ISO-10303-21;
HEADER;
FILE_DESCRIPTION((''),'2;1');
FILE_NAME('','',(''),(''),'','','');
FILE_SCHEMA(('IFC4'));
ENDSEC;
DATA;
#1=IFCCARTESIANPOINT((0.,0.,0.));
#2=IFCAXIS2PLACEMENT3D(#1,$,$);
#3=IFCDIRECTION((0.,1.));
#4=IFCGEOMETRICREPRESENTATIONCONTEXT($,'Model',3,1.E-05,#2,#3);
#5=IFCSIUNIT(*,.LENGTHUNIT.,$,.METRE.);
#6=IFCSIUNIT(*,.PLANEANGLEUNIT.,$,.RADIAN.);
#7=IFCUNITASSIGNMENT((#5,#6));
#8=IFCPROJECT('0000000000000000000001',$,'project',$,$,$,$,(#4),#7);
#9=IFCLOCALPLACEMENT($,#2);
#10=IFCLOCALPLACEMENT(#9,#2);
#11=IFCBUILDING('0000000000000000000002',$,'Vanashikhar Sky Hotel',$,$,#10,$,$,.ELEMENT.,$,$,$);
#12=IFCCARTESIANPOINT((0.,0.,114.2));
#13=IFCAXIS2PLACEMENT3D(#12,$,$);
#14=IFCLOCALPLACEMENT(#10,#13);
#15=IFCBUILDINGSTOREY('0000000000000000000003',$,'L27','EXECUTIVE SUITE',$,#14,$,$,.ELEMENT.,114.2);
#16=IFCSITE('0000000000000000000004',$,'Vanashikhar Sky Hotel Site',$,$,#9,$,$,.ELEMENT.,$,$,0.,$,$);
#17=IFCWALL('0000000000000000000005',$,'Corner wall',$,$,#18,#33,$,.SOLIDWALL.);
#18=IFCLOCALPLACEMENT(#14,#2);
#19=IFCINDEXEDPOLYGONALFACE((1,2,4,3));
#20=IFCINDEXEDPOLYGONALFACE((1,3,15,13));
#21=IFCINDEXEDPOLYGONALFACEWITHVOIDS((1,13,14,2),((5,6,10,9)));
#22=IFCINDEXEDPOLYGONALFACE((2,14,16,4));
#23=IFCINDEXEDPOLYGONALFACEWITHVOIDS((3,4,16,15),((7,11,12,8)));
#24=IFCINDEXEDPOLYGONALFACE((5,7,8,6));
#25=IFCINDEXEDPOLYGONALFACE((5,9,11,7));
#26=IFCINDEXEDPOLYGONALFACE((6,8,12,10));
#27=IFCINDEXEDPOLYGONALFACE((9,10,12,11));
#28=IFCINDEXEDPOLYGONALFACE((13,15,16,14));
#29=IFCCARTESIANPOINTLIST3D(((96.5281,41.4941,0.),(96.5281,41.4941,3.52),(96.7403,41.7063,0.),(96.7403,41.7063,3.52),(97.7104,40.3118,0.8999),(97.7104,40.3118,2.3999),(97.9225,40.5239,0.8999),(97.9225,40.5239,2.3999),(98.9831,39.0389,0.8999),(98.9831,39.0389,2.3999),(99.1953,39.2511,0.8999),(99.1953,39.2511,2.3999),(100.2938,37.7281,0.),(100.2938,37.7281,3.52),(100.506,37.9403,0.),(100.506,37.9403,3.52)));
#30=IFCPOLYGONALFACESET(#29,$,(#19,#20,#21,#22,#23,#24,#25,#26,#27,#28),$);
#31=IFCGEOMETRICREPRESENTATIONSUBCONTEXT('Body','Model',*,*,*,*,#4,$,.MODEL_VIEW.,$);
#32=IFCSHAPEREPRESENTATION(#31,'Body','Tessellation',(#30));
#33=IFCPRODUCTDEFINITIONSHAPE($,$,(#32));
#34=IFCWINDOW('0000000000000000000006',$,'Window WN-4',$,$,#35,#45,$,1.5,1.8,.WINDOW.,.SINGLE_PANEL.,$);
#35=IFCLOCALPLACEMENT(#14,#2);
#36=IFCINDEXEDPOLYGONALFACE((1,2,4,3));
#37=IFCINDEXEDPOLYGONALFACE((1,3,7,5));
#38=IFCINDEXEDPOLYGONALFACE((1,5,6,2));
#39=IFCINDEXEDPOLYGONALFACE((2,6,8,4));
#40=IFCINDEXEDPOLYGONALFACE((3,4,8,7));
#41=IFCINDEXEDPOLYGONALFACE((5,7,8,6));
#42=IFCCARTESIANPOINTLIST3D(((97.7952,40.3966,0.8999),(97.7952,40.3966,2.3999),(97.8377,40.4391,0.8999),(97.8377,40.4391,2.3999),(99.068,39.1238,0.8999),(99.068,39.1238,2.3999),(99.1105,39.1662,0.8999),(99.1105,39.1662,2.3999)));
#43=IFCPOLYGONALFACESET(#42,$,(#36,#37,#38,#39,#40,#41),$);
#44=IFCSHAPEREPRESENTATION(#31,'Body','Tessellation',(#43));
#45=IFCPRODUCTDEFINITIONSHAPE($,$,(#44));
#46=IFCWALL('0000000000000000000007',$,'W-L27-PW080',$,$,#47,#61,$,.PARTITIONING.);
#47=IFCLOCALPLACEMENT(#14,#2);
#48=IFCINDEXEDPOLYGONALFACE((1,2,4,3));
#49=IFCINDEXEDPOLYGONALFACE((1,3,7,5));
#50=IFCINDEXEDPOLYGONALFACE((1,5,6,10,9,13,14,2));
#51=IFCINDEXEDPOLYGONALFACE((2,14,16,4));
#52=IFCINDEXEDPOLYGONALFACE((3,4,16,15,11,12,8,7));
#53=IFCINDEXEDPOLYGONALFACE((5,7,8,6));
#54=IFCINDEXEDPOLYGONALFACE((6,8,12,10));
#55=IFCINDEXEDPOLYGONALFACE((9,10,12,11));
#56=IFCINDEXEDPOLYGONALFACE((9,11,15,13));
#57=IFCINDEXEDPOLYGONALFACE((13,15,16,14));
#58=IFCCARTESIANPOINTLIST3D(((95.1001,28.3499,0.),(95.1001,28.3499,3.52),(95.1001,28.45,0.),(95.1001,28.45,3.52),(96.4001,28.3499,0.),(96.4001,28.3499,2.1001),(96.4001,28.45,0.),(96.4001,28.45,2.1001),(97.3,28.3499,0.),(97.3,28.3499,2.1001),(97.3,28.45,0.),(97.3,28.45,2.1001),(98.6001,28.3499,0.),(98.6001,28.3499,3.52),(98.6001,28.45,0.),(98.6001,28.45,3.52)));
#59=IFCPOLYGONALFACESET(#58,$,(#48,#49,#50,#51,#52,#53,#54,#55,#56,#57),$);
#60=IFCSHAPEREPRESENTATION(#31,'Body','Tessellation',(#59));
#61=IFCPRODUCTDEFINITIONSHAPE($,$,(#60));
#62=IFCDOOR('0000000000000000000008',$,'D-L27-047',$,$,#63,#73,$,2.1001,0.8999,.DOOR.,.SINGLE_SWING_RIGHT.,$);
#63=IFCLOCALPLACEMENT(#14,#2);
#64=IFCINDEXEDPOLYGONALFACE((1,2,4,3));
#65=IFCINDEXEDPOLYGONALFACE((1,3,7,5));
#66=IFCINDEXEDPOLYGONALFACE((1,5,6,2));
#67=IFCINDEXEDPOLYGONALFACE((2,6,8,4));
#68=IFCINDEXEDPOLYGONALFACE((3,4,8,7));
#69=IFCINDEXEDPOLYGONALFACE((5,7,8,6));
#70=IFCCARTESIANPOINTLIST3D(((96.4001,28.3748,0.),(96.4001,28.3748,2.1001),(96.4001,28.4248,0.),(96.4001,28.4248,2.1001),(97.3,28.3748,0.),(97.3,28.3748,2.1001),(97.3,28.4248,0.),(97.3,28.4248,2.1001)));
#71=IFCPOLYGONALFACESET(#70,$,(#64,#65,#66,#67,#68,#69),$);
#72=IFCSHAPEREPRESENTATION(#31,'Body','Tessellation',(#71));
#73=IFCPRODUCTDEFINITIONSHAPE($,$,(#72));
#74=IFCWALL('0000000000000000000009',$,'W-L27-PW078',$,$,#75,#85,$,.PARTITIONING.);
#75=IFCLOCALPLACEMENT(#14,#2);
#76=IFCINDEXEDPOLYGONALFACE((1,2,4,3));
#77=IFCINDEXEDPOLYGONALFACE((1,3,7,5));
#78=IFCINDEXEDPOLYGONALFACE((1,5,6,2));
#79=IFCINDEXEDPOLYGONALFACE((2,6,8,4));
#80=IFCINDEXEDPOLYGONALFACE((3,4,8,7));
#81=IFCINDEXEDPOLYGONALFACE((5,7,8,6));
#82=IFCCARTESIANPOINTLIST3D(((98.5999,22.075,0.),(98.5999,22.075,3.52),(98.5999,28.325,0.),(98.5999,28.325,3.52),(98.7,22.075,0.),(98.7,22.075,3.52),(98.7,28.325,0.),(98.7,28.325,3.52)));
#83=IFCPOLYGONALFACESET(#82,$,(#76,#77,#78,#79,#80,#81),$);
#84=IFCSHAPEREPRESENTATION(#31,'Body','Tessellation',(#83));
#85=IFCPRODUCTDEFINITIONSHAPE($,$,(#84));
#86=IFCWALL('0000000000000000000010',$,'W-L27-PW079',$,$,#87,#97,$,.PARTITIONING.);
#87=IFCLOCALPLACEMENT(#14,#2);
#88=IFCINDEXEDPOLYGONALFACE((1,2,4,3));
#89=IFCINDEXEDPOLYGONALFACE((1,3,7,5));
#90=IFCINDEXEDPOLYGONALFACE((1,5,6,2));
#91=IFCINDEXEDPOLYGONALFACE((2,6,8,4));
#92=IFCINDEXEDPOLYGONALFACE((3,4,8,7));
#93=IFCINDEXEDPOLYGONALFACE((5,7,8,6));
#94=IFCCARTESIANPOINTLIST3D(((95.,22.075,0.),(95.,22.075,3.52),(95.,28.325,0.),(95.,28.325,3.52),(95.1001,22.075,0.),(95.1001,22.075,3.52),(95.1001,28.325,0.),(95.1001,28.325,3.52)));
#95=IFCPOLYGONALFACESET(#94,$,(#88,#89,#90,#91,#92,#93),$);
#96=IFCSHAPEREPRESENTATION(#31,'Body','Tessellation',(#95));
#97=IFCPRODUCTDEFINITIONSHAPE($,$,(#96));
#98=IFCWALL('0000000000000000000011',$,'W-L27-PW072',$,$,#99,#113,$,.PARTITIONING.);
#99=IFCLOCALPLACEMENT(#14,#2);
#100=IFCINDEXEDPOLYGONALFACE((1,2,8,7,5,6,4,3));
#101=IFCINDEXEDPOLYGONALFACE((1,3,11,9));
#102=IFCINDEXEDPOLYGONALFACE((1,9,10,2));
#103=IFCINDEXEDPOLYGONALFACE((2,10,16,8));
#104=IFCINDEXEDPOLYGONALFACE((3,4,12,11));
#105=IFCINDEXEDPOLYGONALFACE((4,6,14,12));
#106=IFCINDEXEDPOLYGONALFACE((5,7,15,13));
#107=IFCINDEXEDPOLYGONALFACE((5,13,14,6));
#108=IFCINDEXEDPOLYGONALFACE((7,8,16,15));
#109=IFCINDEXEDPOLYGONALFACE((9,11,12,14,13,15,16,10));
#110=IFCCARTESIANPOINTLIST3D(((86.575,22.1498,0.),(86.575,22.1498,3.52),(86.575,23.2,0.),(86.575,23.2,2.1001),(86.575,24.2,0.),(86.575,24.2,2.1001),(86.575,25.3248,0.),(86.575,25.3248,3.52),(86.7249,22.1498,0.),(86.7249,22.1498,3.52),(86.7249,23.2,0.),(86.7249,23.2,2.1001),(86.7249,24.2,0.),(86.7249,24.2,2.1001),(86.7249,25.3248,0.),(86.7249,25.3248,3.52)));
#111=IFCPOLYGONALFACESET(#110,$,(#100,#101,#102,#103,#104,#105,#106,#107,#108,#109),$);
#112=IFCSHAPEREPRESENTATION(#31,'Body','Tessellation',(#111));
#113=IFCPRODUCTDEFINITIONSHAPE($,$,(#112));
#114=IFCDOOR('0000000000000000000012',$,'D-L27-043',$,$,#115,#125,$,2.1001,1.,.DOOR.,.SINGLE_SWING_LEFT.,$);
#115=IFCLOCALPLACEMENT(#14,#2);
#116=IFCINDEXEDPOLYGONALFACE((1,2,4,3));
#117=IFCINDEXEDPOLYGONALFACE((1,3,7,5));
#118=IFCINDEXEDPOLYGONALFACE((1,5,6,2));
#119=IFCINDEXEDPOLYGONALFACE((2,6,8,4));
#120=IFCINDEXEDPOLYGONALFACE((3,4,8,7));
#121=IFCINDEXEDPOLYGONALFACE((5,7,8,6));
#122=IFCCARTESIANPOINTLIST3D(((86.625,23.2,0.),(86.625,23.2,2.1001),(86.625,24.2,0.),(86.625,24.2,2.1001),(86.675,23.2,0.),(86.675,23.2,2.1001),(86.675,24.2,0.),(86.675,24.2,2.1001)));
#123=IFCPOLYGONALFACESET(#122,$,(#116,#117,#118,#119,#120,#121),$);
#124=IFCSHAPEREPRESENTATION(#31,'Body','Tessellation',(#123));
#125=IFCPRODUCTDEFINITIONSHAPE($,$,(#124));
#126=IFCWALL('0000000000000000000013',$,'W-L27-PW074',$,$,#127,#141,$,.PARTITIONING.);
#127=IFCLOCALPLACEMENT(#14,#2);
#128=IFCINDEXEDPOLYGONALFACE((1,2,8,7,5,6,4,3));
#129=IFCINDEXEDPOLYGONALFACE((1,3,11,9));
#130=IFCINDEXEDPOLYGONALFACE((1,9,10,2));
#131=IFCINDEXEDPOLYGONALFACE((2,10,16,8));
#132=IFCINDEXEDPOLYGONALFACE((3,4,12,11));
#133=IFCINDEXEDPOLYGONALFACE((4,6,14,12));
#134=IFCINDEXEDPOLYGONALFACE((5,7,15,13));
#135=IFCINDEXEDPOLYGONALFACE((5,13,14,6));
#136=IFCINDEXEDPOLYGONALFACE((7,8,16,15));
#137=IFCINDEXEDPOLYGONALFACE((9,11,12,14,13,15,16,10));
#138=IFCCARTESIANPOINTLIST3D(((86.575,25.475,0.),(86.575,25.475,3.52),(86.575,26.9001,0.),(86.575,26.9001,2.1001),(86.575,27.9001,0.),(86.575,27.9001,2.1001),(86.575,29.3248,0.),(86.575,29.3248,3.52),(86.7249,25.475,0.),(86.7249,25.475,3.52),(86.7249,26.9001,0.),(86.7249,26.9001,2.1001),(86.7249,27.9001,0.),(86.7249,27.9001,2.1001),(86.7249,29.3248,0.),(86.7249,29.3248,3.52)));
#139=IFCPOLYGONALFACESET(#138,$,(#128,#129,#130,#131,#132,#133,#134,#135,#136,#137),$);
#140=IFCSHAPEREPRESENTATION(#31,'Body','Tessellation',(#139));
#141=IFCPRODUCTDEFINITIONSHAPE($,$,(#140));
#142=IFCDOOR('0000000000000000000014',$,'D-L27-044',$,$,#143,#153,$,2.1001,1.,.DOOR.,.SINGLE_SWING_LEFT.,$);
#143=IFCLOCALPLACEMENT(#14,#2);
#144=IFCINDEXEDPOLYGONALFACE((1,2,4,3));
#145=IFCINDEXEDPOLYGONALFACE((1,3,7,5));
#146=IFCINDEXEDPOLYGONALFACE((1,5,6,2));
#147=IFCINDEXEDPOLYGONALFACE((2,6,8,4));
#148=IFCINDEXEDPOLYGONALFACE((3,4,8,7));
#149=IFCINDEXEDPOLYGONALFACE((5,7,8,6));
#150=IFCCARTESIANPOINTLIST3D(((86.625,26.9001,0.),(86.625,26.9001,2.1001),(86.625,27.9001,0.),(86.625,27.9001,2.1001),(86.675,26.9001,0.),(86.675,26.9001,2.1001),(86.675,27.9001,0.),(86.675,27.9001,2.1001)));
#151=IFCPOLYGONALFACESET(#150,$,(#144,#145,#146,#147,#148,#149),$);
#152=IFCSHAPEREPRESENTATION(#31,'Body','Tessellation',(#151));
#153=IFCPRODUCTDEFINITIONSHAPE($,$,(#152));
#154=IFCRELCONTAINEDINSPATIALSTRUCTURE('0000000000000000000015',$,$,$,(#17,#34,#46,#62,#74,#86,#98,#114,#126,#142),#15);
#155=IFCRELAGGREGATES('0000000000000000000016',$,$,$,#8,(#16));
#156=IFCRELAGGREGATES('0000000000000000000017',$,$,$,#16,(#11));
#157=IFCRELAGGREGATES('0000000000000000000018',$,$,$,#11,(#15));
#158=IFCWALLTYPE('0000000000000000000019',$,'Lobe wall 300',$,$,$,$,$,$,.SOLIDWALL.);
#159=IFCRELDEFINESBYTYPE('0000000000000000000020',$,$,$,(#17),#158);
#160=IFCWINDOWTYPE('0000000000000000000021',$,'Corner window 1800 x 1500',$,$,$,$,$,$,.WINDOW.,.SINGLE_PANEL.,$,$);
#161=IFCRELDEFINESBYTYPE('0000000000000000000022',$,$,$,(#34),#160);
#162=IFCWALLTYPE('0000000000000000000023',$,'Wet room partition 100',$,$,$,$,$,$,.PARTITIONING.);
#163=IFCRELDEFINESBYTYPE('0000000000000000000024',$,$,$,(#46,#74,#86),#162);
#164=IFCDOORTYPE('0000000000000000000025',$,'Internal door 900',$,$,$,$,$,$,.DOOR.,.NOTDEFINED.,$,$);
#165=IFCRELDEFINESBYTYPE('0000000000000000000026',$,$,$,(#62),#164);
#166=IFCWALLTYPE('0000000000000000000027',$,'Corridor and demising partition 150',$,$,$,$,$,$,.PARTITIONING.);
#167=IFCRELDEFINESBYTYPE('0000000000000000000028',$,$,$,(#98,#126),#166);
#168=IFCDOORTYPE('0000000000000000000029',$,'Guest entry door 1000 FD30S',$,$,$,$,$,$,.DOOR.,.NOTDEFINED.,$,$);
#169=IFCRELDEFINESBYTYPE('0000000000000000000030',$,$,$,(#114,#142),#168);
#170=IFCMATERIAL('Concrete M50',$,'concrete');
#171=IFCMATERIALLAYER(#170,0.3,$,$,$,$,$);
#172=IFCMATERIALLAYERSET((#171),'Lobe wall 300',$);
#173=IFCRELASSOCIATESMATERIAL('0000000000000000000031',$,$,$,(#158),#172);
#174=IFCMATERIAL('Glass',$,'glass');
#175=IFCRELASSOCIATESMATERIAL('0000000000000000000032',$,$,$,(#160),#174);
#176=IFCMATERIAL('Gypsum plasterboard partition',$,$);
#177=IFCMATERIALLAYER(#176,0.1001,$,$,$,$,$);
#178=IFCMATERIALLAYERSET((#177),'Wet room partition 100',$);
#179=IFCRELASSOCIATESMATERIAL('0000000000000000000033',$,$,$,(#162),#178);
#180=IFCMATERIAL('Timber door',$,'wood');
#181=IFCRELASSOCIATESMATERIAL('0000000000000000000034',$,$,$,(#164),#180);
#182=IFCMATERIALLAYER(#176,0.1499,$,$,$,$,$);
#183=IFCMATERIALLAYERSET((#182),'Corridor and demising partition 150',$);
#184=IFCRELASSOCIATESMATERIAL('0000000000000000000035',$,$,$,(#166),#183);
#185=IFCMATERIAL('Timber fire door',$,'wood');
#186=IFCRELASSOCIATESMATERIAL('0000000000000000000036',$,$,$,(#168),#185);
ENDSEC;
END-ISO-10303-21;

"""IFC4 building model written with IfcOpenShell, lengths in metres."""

from ifc_helpers import new_model, si_unit, direction, frame, frame_2d, origin, place, context, subcontext, project, spatial, rectangle, extrude, source, transform, mapped, material, layer, layer_set, type_object, element, fill, save


model = new_model("IFC4")

# Units and contexts
model_context = context("Model", 3, precision=1e-05, world=origin(), true_north=direction((0.0, 1.0)))
body_context = subcontext(model_context, "Body", "Model", "MODEL_VIEW")
ifc_project = project(units=[si_unit("LENGTHUNIT", "METRE"), si_unit("PLANEANGLEUNIT", "RADIAN")], contexts=[model_context])

# Site, building, storey
site_placement = place(None, origin())
site = spatial("IfcSite", under=ifc_project, at=site_placement, Name="Vanashikhar Sky Hotel Site", CompositionType="ELEMENT", RefElevation=0.0)
building_placement = place(site_placement, origin())
building = spatial("IfcBuilding", under=site, at=building_placement, Name="Vanashikhar Sky Hotel", CompositionType="ELEMENT")
storey_placement = place(building_placement, frame((0.0, 0.0, 114.2)))
storey = spatial("IfcBuildingStorey", under=building, at=storey_placement, Name="L27", Description="EXECUTIVE SUITE", CompositionType="ELEMENT", Elevation=114.2)

# Wall, opening, window
ifc_material_1 = material(Name="Concrete M50", Category="concrete")
ifc_layer_1 = layer(ifc_material_1, 0.3)
ifc_layer_set_1 = layer_set([ifc_layer_1], Name="Lobe wall 300")
wall_type_1 = type_object("IfcWallType", Name="Lobe wall 300", PredefinedType="SOLIDWALL", material=ifc_layer_set_1)
shared_shape_1 = source(origin(), body_context, "Body", "SweptSolid", [
    extrude(rectangle(XDim=5.3257, YDim=0.3, at=frame_2d((2.6628, 0.0))), origin(), (0.0, 0.0, 1.0), 3.52),
])
wall_1_placement = place(storey_placement, frame((100.3999, 37.8342, 0.0), z_axis=(0.0, 0.0, 1.0), x_axis=(-0.707084, 0.70713, 0.0)))
wall_1 = element("IfcWall", 1, at=wall_1_placement, inside=storey, type_object=wall_type_1, Name="Corner wall", PredefinedType="SOLIDWALL", context=body_context, shape_type="MappedRepresentation", body=[
    mapped(shared_shape_1, transform((0.0, 0.0, 0.0), scale=1.0)),
])
shared_shape_2 = source(origin(), body_context, "Body", "SweptSolid", [
    extrude(rectangle(XDim=1.8, YDim=1.5, at=frame_2d((0.8999, 0.75))), frame((0.0, 0.1602, 0.0), z_axis=(0.0, -1.0, 0.0), x_axis=(1.0, 0.0, 0.0)), (0.0, 0.0, 1.0), 0.3201),
])
opening_1_placement = place(wall_1_placement, frame((1.8538, 0.0, 0.8999)))
opening_1 = element("IfcOpeningElement", 2, at=opening_1_placement, cuts=wall_1, PredefinedType="OPENING", context=body_context, shape_type="MappedRepresentation", body=[
    mapped(shared_shape_2, transform((0.0, 0.0, 0.0), scale=1.0)),
])
ifc_material_2 = material(Name="Glass", Category="glass")
window_type = type_object("IfcWindowType", Name="Corner window 1800 x 1500", PartitioningType="SINGLE_PANEL", PredefinedType="WINDOW", material=ifc_material_2)
shared_shape_3 = source(origin(), body_context, "Body", "SweptSolid", [
    extrude(rectangle(XDim=1.8, YDim=1.5, at=frame_2d((0.8999, 0.75))), frame((0.0, 0.03, 0.0), z_axis=(0.0, -1.0, 0.0), x_axis=(1.0, 0.0, 0.0)), (0.0, 0.0, 1.0), 0.0601),
])
window_placement = place(opening_1_placement, origin())
window = element("IfcWindow", 3, at=window_placement, inside=storey, type_object=window_type, Name="Window WN-4", OverallHeight=1.5, OverallWidth=1.8, PartitioningType="SINGLE_PANEL", PredefinedType="WINDOW", context=body_context, shape_type="MappedRepresentation", body=[
    mapped(shared_shape_3, transform((0.0, 0.0, 0.0), scale=1.0)),
])
fill(opening_1, window)

# Wall, opening, door
ifc_material_3 = material(Name="Gypsum plasterboard partition")
ifc_layer_2 = layer(ifc_material_3, 0.1001)
ifc_layer_set_2 = layer_set([ifc_layer_2], Name="Wet room partition 100")
wall_type_2 = type_object("IfcWallType", Name="Wet room partition 100", PredefinedType="PARTITIONING", material=ifc_layer_set_2)
shared_shape_4 = source(origin(), body_context, "Body", "SweptSolid", [
    extrude(rectangle(XDim=3.5, YDim=0.1001, at=frame_2d((1.75, 0.0))), origin(), (0.0, 0.0, 1.0), 3.52),
])
wall_2_placement = place(storey_placement, frame((95.1001, 28.3999, 0.0), z_axis=(0.0, 0.0, 1.0), x_axis=(1.0, 0.0, 0.0)))
wall_2 = element("IfcWall", 4, at=wall_2_placement, inside=storey, type_object=wall_type_2, Name="W-L27-PW080", PredefinedType="PARTITIONING", context=body_context, shape_type="MappedRepresentation", body=[
    mapped(shared_shape_4, transform((0.0, 0.0, 0.0), scale=1.0)),
])
shared_shape_5 = source(origin(), body_context, "Body", "SweptSolid", [
    extrude(rectangle(XDim=0.8999, YDim=2.1001, at=frame_2d((0.45, 1.05))), frame((0.0, 0.0601, 0.0), z_axis=(0.0, -1.0, 0.0), x_axis=(1.0, 0.0, 0.0)), (0.0, 0.0, 1.0), 0.1201),
])
opening_2_placement = place(wall_2_placement, frame((1.3, 0.0, 0.0)))
opening_2 = element("IfcOpeningElement", 5, at=opening_2_placement, cuts=wall_2, PredefinedType="OPENING", context=body_context, shape_type="MappedRepresentation", body=[
    mapped(shared_shape_5, transform((0.0, 0.0, 0.0), scale=1.0)),
])
ifc_material_4 = material(Name="Timber door", Category="wood")
door_type_1 = type_object("IfcDoorType", Name="Internal door 900", OperationType="NOTDEFINED", PredefinedType="DOOR", material=ifc_material_4)
shared_shape_6 = source(origin(), body_context, "Body", "SweptSolid", [
    extrude(rectangle(XDim=0.8999, YDim=2.1001, at=frame_2d((0.45, 1.05))), frame((0.0, 0.0249, 0.0), z_axis=(0.0, -1.0, 0.0), x_axis=(1.0, 0.0, 0.0)), (0.0, 0.0, 1.0), 0.05),
])
door_1_placement = place(opening_2_placement, origin())
door_1 = element("IfcDoor", 6, at=door_1_placement, inside=storey, type_object=door_type_1, Name="D-L27-047", OperationType="SINGLE_SWING_RIGHT", OverallHeight=2.1001, OverallWidth=0.8999, PredefinedType="DOOR", context=body_context, shape_type="MappedRepresentation", body=[
    mapped(shared_shape_6, transform((0.0, 0.0, 0.0), scale=1.0)),
])
fill(opening_2, door_1)

# Walls
shared_shape_7 = source(origin(), body_context, "Body", "SweptSolid", [
    extrude(rectangle(XDim=6.25, YDim=0.1001, at=frame_2d((3.125, 0.0))), origin(), (0.0, 0.0, 1.0), 3.52),
])
for number, where, z_axis, x_axis, name in (
    (7, (98.6499, 22.075, 0.0), (0.0, 0.0, 1.0), (0.0, 1.0, 0.0), "W-L27-PW078"),
    (8, (95.05, 22.075, 0.0), (0.0, 0.0, 1.0), (0.0, 1.0, 0.0), "W-L27-PW079"),
):
    element("IfcWall", number, at=place(storey_placement, frame(where, z_axis=z_axis, x_axis=x_axis)), inside=storey, type_object=wall_type_2, Name=name, PredefinedType="PARTITIONING", context=body_context, shape_type="MappedRepresentation", body=[
        mapped(shared_shape_7, transform((0.0, 0.0, 0.0), scale=1.0)),
    ])

# Walls, openings, doors
ifc_layer_3 = layer(ifc_material_3, 0.1499)
ifc_layer_set_3 = layer_set([ifc_layer_3], Name="Corridor and demising partition 150")
wall_type_3 = type_object("IfcWallType", Name="Corridor and demising partition 150", PredefinedType="PARTITIONING", material=ifc_layer_set_3)
shared_shape_8 = source(origin(), body_context, "Body", "SweptSolid", [
    extrude(rectangle(XDim=3.175, YDim=0.1499, at=frame_2d((1.5874, 0.0))), origin(), (0.0, 0.0, 1.0), 3.52),
])
wall_3_placement = place(storey_placement, frame((86.6499, 22.1499, 0.0), z_axis=(0.0, 0.0, 1.0), x_axis=(0.0, 1.0, 0.0)))
wall_3 = element("IfcWall", 9, at=wall_3_placement, inside=storey, type_object=wall_type_3, Name="W-L27-PW072", PredefinedType="PARTITIONING", context=body_context, shape_type="MappedRepresentation", body=[
    mapped(shared_shape_8, transform((0.0, 0.0, 0.0), scale=1.0)),
])
shared_shape_9 = source(origin(), body_context, "Body", "SweptSolid", [
    extrude(rectangle(XDim=1.0, YDim=2.1001, at=frame_2d((0.5, 1.05))), frame((0.0, 0.085, 0.0), z_axis=(0.0, -1.0, 0.0), x_axis=(1.0, 0.0, 0.0)), (0.0, 0.0, 1.0), 0.1699),
])
opening_3_placement = place(wall_3_placement, frame((1.05, 0.0, 0.0)))
opening_3 = element("IfcOpeningElement", 10, at=opening_3_placement, cuts=wall_3, PredefinedType="OPENING", context=body_context, shape_type="MappedRepresentation", body=[
    mapped(shared_shape_9, transform((0.0, 0.0, 0.0), scale=1.0)),
])
ifc_material_5 = material(Name="Timber fire door", Category="wood")
door_type_2 = type_object("IfcDoorType", Name="Guest entry door 1000 FD30S", OperationType="NOTDEFINED", PredefinedType="DOOR", material=ifc_material_5)
shared_shape_10 = source(origin(), body_context, "Body", "SweptSolid", [
    extrude(rectangle(XDim=1.0, YDim=2.1001, at=frame_2d((0.5, 1.05))), frame((0.0, 0.0249, 0.0), z_axis=(0.0, -1.0, 0.0), x_axis=(1.0, 0.0, 0.0)), (0.0, 0.0, 1.0), 0.05),
])
door_2_placement = place(opening_3_placement, origin())
door_2 = element("IfcDoor", 11, at=door_2_placement, inside=storey, type_object=door_type_2, Name="D-L27-043", OperationType="SINGLE_SWING_LEFT", OverallHeight=2.1001, OverallWidth=1.0, PredefinedType="DOOR", context=body_context, shape_type="MappedRepresentation", body=[
    mapped(shared_shape_10, transform((0.0, 0.0, 0.0), scale=1.0)),
])
fill(opening_3, door_2)
shared_shape_11 = source(origin(), body_context, "Body", "SweptSolid", [
    extrude(rectangle(XDim=3.8499, YDim=0.1499, at=frame_2d((1.9248, 0.0))), origin(), (0.0, 0.0, 1.0), 3.52),
])
wall_4_placement = place(storey_placement, frame((86.6499, 25.4751, 0.0), z_axis=(0.0, 0.0, 1.0), x_axis=(0.0, 1.0, 0.0)))
wall_4 = element("IfcWall", 12, at=wall_4_placement, inside=storey, type_object=wall_type_3, Name="W-L27-PW074", PredefinedType="PARTITIONING", context=body_context, shape_type="MappedRepresentation", body=[
    mapped(shared_shape_11, transform((0.0, 0.0, 0.0), scale=1.0)),
])
opening_4_placement = place(wall_4_placement, frame((1.425, 0.0, 0.0)))
opening_4 = element("IfcOpeningElement", 13, at=opening_4_placement, cuts=wall_4, PredefinedType="OPENING", context=body_context, shape_type="MappedRepresentation", body=[
    mapped(shared_shape_9, transform((0.0, 0.0, 0.0), scale=1.0)),
])
door_3_placement = place(opening_4_placement, origin())
door_3 = element("IfcDoor", 14, at=door_3_placement, inside=storey, type_object=door_type_2, Name="D-L27-044", OperationType="SINGLE_SWING_LEFT", OverallHeight=2.1001, OverallWidth=1.0, PredefinedType="DOOR", context=body_context, shape_type="MappedRepresentation", body=[
    mapped(shared_shape_10, transform((0.0, 0.0, 0.0), scale=1.0)),
])
fill(opening_4, door_3)

save(model, "model.ifc")
